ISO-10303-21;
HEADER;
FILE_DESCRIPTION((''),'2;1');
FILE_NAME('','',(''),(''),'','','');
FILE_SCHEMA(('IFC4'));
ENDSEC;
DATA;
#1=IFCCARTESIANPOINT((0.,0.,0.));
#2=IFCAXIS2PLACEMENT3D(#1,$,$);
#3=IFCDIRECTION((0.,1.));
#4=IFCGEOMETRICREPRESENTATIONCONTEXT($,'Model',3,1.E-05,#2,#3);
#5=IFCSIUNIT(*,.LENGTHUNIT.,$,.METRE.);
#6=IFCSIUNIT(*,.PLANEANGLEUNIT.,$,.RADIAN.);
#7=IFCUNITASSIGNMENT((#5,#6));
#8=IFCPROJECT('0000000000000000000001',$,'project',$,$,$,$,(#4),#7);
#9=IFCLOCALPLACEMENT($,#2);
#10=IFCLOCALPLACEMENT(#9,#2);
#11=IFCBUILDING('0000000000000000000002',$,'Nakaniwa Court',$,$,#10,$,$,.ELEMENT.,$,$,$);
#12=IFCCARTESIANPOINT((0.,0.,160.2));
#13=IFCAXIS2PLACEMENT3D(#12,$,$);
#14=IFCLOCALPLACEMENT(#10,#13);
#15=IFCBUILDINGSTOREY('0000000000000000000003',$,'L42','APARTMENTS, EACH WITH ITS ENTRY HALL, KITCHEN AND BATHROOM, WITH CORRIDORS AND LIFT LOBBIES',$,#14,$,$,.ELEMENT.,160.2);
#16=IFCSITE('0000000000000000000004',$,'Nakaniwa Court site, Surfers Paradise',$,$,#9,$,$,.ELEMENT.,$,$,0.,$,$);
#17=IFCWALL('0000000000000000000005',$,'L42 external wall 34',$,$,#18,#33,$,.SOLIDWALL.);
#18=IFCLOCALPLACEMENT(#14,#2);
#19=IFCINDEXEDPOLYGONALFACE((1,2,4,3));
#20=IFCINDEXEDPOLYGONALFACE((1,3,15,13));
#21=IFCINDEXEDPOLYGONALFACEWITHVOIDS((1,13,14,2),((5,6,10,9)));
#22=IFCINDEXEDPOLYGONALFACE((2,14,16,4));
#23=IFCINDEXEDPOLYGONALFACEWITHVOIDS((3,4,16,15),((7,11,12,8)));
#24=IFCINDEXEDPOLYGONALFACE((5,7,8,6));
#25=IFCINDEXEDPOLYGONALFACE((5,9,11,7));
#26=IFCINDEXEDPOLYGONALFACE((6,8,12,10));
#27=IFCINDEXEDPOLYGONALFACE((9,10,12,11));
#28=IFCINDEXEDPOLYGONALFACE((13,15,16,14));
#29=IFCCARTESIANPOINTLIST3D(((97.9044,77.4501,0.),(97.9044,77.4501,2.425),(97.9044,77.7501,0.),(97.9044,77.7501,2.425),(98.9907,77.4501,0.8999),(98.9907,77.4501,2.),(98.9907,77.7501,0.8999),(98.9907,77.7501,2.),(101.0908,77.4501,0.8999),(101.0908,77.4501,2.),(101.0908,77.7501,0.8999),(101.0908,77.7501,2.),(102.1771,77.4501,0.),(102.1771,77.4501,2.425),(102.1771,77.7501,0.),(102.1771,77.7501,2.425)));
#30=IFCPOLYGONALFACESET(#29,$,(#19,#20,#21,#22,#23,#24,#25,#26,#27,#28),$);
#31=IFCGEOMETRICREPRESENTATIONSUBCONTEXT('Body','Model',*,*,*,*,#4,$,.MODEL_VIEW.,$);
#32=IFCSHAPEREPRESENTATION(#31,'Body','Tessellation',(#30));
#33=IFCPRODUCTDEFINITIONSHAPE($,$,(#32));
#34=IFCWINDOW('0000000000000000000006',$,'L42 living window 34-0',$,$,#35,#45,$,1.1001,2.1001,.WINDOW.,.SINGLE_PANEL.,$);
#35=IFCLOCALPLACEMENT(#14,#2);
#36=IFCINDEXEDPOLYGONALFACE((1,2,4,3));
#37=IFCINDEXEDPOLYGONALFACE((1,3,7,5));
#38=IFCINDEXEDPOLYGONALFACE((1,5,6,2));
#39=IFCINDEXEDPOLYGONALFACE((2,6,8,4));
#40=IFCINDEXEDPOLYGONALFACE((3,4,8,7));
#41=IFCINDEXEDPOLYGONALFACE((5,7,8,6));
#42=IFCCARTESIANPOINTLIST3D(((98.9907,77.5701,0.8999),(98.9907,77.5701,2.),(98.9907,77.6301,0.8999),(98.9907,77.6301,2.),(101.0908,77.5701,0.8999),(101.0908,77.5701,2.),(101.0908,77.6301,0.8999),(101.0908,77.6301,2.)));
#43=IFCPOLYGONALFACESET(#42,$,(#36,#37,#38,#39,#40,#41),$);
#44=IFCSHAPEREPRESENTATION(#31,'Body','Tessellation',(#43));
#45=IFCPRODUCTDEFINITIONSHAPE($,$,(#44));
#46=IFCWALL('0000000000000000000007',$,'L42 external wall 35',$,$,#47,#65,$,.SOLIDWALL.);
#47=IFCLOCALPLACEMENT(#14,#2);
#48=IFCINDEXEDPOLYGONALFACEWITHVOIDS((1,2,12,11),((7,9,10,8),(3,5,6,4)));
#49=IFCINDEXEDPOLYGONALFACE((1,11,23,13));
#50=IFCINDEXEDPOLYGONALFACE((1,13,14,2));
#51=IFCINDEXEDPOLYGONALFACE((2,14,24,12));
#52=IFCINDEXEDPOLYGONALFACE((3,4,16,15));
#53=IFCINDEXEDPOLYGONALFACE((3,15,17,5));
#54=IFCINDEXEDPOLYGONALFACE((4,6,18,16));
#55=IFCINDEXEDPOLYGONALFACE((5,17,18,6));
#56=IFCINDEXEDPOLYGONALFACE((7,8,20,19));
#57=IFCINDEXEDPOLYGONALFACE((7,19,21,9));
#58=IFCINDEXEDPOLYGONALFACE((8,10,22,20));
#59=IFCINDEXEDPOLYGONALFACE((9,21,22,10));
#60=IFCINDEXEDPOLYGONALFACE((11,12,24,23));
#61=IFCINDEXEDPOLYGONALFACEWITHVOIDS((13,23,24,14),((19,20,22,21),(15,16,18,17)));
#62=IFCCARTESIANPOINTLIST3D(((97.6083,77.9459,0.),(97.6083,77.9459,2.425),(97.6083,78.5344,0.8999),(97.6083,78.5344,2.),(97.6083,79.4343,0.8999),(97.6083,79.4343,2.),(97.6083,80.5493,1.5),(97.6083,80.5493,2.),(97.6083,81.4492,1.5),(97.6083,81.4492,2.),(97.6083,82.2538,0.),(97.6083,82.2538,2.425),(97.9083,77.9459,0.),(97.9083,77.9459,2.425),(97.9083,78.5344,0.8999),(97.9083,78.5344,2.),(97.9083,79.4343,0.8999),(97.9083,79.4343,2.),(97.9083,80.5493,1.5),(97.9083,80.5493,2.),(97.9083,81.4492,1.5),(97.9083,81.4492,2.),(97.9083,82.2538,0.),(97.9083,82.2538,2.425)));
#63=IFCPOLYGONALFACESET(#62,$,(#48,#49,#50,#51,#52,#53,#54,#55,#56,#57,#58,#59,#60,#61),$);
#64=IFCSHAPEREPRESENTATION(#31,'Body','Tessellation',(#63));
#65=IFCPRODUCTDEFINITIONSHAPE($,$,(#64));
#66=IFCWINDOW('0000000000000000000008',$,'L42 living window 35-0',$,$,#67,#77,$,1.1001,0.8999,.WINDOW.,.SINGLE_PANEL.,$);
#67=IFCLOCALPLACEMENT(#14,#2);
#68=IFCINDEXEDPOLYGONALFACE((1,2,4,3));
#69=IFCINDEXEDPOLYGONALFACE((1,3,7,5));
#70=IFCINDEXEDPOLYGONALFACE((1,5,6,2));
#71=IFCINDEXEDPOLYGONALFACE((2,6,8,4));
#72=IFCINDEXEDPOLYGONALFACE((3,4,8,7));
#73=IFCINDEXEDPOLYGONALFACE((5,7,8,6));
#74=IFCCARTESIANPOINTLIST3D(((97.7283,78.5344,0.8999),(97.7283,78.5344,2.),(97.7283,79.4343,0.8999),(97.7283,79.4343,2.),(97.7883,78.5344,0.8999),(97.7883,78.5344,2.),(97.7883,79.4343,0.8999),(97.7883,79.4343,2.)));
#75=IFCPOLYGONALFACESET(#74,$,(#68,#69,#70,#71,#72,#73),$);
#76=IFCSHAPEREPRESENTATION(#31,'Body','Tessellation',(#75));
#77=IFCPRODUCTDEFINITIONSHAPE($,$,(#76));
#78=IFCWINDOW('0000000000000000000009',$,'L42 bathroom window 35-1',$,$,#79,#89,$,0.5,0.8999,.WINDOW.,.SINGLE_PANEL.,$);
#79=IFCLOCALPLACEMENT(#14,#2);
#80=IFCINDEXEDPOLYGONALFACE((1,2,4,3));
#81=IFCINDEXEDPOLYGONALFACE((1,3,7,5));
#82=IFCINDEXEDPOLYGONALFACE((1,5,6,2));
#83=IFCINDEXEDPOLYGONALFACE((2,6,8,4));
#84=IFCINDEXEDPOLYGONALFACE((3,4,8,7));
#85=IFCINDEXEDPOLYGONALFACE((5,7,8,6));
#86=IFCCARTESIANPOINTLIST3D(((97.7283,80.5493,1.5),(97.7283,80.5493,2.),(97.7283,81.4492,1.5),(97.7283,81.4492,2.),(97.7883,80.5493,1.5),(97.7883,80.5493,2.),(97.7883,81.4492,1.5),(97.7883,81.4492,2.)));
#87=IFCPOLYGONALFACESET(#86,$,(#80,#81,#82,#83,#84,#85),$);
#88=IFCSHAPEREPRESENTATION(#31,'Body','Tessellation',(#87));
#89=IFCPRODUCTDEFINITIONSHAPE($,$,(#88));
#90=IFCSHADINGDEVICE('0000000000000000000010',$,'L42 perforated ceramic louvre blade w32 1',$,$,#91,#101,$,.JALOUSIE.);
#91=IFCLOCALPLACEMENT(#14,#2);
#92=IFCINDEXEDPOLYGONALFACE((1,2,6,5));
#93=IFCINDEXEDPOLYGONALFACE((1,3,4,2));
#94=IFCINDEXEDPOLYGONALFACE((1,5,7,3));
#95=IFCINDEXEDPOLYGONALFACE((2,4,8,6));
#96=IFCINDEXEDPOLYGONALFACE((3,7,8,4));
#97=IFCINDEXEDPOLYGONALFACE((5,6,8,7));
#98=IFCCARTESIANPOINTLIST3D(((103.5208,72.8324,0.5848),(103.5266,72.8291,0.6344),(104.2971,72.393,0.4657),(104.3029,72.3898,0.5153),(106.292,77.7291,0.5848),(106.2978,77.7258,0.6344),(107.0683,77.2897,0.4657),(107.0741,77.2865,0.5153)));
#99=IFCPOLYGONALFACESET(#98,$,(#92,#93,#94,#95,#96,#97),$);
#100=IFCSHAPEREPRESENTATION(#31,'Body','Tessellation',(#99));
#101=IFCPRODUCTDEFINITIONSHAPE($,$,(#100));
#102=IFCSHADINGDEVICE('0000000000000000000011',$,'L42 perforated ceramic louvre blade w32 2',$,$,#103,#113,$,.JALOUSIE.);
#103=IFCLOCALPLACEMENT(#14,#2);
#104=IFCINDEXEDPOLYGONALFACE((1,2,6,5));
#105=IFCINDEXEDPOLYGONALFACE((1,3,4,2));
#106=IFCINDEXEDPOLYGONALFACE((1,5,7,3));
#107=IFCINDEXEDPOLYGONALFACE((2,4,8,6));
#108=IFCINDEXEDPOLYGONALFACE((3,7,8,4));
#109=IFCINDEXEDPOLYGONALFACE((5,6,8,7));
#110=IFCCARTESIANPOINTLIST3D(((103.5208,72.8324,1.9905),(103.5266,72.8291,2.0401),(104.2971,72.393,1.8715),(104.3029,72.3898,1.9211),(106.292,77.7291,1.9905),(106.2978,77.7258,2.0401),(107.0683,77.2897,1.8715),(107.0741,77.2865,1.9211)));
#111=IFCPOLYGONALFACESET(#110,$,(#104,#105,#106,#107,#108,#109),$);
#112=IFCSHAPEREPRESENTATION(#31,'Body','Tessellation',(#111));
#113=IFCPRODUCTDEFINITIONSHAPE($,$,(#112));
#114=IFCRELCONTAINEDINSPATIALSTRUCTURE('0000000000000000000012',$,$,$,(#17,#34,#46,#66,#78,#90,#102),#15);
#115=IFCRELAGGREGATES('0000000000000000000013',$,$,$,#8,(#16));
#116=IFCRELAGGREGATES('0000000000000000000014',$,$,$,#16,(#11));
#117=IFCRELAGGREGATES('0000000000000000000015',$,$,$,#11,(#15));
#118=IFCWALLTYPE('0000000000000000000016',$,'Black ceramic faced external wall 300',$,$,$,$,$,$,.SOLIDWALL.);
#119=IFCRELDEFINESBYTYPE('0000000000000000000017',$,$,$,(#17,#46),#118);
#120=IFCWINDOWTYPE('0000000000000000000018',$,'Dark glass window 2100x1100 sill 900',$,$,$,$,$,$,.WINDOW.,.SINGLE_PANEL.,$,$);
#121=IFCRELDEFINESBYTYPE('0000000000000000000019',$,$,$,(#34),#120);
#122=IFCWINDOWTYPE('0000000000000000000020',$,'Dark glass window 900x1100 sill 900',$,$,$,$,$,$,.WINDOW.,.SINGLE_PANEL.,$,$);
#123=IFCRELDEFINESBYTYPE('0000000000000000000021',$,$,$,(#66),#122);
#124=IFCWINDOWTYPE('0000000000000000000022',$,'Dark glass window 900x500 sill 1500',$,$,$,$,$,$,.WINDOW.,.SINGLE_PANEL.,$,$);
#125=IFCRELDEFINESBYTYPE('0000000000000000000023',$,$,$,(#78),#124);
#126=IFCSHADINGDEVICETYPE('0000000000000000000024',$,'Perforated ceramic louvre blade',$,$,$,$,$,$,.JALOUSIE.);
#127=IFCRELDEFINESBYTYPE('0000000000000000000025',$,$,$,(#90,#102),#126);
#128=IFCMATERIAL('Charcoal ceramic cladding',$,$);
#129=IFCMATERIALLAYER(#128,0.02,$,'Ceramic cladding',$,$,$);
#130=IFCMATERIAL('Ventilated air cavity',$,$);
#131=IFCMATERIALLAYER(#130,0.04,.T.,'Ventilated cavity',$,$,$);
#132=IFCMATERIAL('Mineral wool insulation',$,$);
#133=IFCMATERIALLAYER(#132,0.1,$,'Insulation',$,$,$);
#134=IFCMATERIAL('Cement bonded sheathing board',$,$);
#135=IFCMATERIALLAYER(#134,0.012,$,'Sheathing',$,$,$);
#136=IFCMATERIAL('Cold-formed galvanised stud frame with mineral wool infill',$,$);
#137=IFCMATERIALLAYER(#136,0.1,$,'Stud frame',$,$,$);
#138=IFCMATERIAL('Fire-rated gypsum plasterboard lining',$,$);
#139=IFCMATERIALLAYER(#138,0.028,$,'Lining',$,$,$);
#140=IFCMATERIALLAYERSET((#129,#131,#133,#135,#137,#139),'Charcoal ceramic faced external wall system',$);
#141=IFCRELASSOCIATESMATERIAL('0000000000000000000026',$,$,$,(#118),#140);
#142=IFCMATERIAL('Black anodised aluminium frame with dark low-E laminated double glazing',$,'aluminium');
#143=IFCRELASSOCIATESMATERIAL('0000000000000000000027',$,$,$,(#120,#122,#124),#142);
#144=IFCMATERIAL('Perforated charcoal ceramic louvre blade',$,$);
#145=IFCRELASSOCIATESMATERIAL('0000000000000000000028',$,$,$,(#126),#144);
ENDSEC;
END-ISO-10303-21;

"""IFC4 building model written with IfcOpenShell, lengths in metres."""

from ifc_helpers import new_model, si_unit, direction, frame, frame_2d, origin, origin_2d, place, context, subcontext, project, spatial, rectangle, extrude, material, layer, layer_set, material_profile, profile_set, type_object, element, fill, save


model = new_model("IFC4")

# Units and contexts
model_context = context("Model", 3, precision=1e-05, world=origin(), true_north=direction((0.0, 1.0)))
body_context = subcontext(model_context, "Body", "Model", "MODEL_VIEW")
ifc_project = project(units=[si_unit("LENGTHUNIT", "METRE"), si_unit("PLANEANGLEUNIT", "RADIAN")], contexts=[model_context])

# Site, building, storey
site_placement = place(None, origin())
site = spatial("IfcSite", under=ifc_project, at=site_placement, Name="Nakaniwa Court site, Surfers Paradise", CompositionType="ELEMENT", RefElevation=0.0)
building_placement = place(site_placement, origin())
building = spatial("IfcBuilding", under=site, at=building_placement, Name="Nakaniwa Court", CompositionType="ELEMENT")
storey_placement = place(building_placement, frame((0.0, 0.0, 160.2)))
storey = spatial("IfcBuildingStorey", under=building, at=storey_placement, Name="L42", Description="APARTMENTS, EACH WITH ITS ENTRY HALL, KITCHEN AND BATHROOM, WITH CORRIDORS AND LIFT LOBBIES", CompositionType="ELEMENT", Elevation=160.2)

# Shared definitions
ifc_material_1 = material(Name="Charcoal ceramic cladding")
ifc_layer_1 = layer(ifc_material_1, 0.02, Name="Ceramic cladding")
ifc_material_2 = material(Name="Ventilated air cavity")
ifc_layer_2 = layer(ifc_material_2, 0.04, ventilated=True, Name="Ventilated cavity")
ifc_material_3 = material(Name="Mineral wool insulation")
ifc_layer_3 = layer(ifc_material_3, 0.1, Name="Insulation")
ifc_material_4 = material(Name="Cement bonded sheathing board")
ifc_layer_4 = layer(ifc_material_4, 0.012, Name="Sheathing")
ifc_material_5 = material(Name="Cold-formed galvanised stud frame with mineral wool infill")
ifc_layer_5 = layer(ifc_material_5, 0.1, Name="Stud frame")
ifc_material_6 = material(Name="Fire-rated gypsum plasterboard lining")
ifc_layer_6 = layer(ifc_material_6, 0.028, Name="Lining")
ifc_layer_set = layer_set([ifc_layer_1, ifc_layer_2, ifc_layer_3, ifc_layer_4, ifc_layer_5, ifc_layer_6], Name="Charcoal ceramic faced external wall system")
wall_type = type_object("IfcWallType", Name="Black ceramic faced external wall 300", PredefinedType="SOLIDWALL", material=ifc_layer_set)
ifc_material_7 = material(Name="Black anodised aluminium frame with dark low-E laminated double glazing", Category="aluminium")

# Wall, opening, window
wall_1_placement = place(storey_placement, frame((102.177, 77.6001, 0.0), z_axis=(0.0, 0.0, 1.0), x_axis=(-1.0, 0.0, 0.0)))
wall_1 = element("IfcWall", 1, at=wall_1_placement, inside=storey, type_object=wall_type, Name="L42 external wall 34", PredefinedType="SOLIDWALL", context=body_context, shape_type="SweptSolid", body=[
    extrude(rectangle(XDim=4.2727, YDim=0.3, at=frame_2d((2.1362, 0.0))), origin(), (0.0, 0.0, 1.0), 2.425),
])
opening_1_placement = place(wall_1_placement, frame((1.0862, 0.0, 0.8999)))
opening_1 = element("IfcOpeningElement", 2, at=opening_1_placement, cuts=wall_1, PredefinedType="OPENING", context=body_context, shape_type="SweptSolid", body=[
    extrude(rectangle(XDim=2.1001, YDim=1.1001, at=frame_2d((1.05, 0.55))), frame((0.0, 0.1599, 0.0), z_axis=(0.0, -1.0, 0.0), x_axis=(1.0, 0.0, 0.0)), (0.0, 0.0, 1.0), 0.3201),
])
window_type_1 = type_object("IfcWindowType", Name="Dark glass window 2100x1100 sill 900", PartitioningType="SINGLE_PANEL", PredefinedType="WINDOW", material=ifc_material_7)
window_1_placement = place(opening_1_placement, origin())
window_1 = element("IfcWindow", 3, at=window_1_placement, inside=storey, type_object=window_type_1, Name="L42 living window 34-0", OverallHeight=1.1001, OverallWidth=2.1001, PartitioningType="SINGLE_PANEL", PredefinedType="WINDOW", context=body_context, shape_type="SweptSolid", body=[
    extrude(rectangle(XDim=2.1001, YDim=1.1001, at=frame_2d((1.05, 0.55))), frame((0.0, 0.03, 0.0), z_axis=(0.0, -1.0, 0.0), x_axis=(1.0, 0.0, 0.0)), (0.0, 0.0, 1.0), 0.0601),
])
fill(opening_1, window_1)

# Wall, openings, windows
wall_2_placement = place(storey_placement, frame((97.7583, 77.946, 0.0), z_axis=(0.0, 0.0, 1.0), x_axis=(0.0, 1.0, 0.0)))
wall_2 = element("IfcWall", 4, at=wall_2_placement, inside=storey, type_object=wall_type, Name="L42 external wall 35", PredefinedType="SOLIDWALL", context=body_context, shape_type="SweptSolid", body=[
    extrude(rectangle(XDim=4.3079, YDim=0.3, at=frame_2d((2.1538, 0.0))), origin(), (0.0, 0.0, 1.0), 2.425),
])
opening_2_placement = place(wall_2_placement, frame((0.5884, 0.0, 0.8999)))
opening_2 = element("IfcOpeningElement", 5, at=opening_2_placement, cuts=wall_2, PredefinedType="OPENING", context=body_context, shape_type="SweptSolid", body=[
    extrude(rectangle(XDim=0.8999, YDim=1.1001, at=frame_2d((0.45, 0.55))), frame((0.0, 0.1599, 0.0), z_axis=(0.0, -1.0, 0.0), x_axis=(1.0, 0.0, 0.0)), (0.0, 0.0, 1.0), 0.3201),
])
opening_3_placement = place(wall_2_placement, frame((2.6033, 0.0, 1.5)))
opening_3 = element("IfcOpeningElement", 6, at=opening_3_placement, cuts=wall_2, PredefinedType="OPENING", context=body_context, shape_type="SweptSolid", body=[
    extrude(rectangle(XDim=0.8999, YDim=0.5, at=frame_2d((0.45, 0.25))), frame((0.0, 0.1599, 0.0), z_axis=(0.0, -1.0, 0.0), x_axis=(1.0, 0.0, 0.0)), (0.0, 0.0, 1.0), 0.3201),
])
window_type_2 = type_object("IfcWindowType", Name="Dark glass window 900x1100 sill 900", PartitioningType="SINGLE_PANEL", PredefinedType="WINDOW", material=ifc_material_7)
window_2_placement = place(opening_2_placement, origin())
window_2 = element("IfcWindow", 7, at=window_2_placement, inside=storey, type_object=window_type_2, Name="L42 living window 35-0", OverallHeight=1.1001, OverallWidth=0.8999, PartitioningType="SINGLE_PANEL", PredefinedType="WINDOW", context=body_context, shape_type="SweptSolid", body=[
    extrude(rectangle(XDim=0.8999, YDim=1.1001, at=frame_2d((0.45, 0.55))), frame((0.0, 0.03, 0.0), z_axis=(0.0, -1.0, 0.0), x_axis=(1.0, 0.0, 0.0)), (0.0, 0.0, 1.0), 0.0601),
])
fill(opening_2, window_2)
window_type_3 = type_object("IfcWindowType", Name="Dark glass window 900x500 sill 1500", PartitioningType="SINGLE_PANEL", PredefinedType="WINDOW", material=ifc_material_7)
window_3_placement = place(opening_3_placement, origin())
window_3 = element("IfcWindow", 8, at=window_3_placement, inside=storey, type_object=window_type_3, Name="L42 bathroom window 35-1", OverallHeight=0.5, OverallWidth=0.8999, PartitioningType="SINGLE_PANEL", PredefinedType="WINDOW", context=body_context, shape_type="SweptSolid", body=[
    extrude(rectangle(XDim=0.8999, YDim=0.5, at=frame_2d((0.45, 0.25))), frame((0.0, 0.03, 0.0), z_axis=(0.0, -1.0, 0.0), x_axis=(1.0, 0.0, 0.0)), (0.0, 0.0, 1.0), 0.0601),
])
fill(opening_3, window_3)

# Shading devices
ifc_material_8 = material(Name="Perforated charcoal ceramic louvre blade")
ifc_material_profile_1 = material_profile(ifc_material_8, rectangle(XDim=0.8999, YDim=0.05, at=origin_2d()), Name="Perforated ceramic louvre blade")
ifc_profile_set_1 = profile_set([ifc_material_profile_1], Name="Perforated charcoal ceramic louvre blade")
shading_device_type = type_object("IfcShadingDeviceType", Name="Perforated ceramic louvre blade", PredefinedType="JALOUSIE", material=ifc_profile_set_1)
for number, where, z_axis, x_axis, name in (
    (9, (103.9119, 72.6111, 0.55), (0.492532, 0.870294, 0.0), (-0.862649, 0.488205, 0.132256), "L42 perforated ceramic louvre blade w32 1"),
    (10, (103.9119, 72.6111, 1.9558), (0.492532, 0.870294, 0.0), (-0.862649, 0.488205, 0.132256), "L42 perforated ceramic louvre blade w32 2"),
):
    element("IfcShadingDevice", number, at=place(storey_placement, frame(where, z_axis=z_axis, x_axis=x_axis)), inside=storey, type_object=shading_device_type, Name=name, PredefinedType="JALOUSIE", context=body_context, shape_type="SweptSolid", body=[
        extrude(rectangle(XDim=0.8999, YDim=0.05, at=origin_2d()), origin(), (0.0, 0.0, 1.0), 5.6265),
    ])

save(model, "model.ifc")
